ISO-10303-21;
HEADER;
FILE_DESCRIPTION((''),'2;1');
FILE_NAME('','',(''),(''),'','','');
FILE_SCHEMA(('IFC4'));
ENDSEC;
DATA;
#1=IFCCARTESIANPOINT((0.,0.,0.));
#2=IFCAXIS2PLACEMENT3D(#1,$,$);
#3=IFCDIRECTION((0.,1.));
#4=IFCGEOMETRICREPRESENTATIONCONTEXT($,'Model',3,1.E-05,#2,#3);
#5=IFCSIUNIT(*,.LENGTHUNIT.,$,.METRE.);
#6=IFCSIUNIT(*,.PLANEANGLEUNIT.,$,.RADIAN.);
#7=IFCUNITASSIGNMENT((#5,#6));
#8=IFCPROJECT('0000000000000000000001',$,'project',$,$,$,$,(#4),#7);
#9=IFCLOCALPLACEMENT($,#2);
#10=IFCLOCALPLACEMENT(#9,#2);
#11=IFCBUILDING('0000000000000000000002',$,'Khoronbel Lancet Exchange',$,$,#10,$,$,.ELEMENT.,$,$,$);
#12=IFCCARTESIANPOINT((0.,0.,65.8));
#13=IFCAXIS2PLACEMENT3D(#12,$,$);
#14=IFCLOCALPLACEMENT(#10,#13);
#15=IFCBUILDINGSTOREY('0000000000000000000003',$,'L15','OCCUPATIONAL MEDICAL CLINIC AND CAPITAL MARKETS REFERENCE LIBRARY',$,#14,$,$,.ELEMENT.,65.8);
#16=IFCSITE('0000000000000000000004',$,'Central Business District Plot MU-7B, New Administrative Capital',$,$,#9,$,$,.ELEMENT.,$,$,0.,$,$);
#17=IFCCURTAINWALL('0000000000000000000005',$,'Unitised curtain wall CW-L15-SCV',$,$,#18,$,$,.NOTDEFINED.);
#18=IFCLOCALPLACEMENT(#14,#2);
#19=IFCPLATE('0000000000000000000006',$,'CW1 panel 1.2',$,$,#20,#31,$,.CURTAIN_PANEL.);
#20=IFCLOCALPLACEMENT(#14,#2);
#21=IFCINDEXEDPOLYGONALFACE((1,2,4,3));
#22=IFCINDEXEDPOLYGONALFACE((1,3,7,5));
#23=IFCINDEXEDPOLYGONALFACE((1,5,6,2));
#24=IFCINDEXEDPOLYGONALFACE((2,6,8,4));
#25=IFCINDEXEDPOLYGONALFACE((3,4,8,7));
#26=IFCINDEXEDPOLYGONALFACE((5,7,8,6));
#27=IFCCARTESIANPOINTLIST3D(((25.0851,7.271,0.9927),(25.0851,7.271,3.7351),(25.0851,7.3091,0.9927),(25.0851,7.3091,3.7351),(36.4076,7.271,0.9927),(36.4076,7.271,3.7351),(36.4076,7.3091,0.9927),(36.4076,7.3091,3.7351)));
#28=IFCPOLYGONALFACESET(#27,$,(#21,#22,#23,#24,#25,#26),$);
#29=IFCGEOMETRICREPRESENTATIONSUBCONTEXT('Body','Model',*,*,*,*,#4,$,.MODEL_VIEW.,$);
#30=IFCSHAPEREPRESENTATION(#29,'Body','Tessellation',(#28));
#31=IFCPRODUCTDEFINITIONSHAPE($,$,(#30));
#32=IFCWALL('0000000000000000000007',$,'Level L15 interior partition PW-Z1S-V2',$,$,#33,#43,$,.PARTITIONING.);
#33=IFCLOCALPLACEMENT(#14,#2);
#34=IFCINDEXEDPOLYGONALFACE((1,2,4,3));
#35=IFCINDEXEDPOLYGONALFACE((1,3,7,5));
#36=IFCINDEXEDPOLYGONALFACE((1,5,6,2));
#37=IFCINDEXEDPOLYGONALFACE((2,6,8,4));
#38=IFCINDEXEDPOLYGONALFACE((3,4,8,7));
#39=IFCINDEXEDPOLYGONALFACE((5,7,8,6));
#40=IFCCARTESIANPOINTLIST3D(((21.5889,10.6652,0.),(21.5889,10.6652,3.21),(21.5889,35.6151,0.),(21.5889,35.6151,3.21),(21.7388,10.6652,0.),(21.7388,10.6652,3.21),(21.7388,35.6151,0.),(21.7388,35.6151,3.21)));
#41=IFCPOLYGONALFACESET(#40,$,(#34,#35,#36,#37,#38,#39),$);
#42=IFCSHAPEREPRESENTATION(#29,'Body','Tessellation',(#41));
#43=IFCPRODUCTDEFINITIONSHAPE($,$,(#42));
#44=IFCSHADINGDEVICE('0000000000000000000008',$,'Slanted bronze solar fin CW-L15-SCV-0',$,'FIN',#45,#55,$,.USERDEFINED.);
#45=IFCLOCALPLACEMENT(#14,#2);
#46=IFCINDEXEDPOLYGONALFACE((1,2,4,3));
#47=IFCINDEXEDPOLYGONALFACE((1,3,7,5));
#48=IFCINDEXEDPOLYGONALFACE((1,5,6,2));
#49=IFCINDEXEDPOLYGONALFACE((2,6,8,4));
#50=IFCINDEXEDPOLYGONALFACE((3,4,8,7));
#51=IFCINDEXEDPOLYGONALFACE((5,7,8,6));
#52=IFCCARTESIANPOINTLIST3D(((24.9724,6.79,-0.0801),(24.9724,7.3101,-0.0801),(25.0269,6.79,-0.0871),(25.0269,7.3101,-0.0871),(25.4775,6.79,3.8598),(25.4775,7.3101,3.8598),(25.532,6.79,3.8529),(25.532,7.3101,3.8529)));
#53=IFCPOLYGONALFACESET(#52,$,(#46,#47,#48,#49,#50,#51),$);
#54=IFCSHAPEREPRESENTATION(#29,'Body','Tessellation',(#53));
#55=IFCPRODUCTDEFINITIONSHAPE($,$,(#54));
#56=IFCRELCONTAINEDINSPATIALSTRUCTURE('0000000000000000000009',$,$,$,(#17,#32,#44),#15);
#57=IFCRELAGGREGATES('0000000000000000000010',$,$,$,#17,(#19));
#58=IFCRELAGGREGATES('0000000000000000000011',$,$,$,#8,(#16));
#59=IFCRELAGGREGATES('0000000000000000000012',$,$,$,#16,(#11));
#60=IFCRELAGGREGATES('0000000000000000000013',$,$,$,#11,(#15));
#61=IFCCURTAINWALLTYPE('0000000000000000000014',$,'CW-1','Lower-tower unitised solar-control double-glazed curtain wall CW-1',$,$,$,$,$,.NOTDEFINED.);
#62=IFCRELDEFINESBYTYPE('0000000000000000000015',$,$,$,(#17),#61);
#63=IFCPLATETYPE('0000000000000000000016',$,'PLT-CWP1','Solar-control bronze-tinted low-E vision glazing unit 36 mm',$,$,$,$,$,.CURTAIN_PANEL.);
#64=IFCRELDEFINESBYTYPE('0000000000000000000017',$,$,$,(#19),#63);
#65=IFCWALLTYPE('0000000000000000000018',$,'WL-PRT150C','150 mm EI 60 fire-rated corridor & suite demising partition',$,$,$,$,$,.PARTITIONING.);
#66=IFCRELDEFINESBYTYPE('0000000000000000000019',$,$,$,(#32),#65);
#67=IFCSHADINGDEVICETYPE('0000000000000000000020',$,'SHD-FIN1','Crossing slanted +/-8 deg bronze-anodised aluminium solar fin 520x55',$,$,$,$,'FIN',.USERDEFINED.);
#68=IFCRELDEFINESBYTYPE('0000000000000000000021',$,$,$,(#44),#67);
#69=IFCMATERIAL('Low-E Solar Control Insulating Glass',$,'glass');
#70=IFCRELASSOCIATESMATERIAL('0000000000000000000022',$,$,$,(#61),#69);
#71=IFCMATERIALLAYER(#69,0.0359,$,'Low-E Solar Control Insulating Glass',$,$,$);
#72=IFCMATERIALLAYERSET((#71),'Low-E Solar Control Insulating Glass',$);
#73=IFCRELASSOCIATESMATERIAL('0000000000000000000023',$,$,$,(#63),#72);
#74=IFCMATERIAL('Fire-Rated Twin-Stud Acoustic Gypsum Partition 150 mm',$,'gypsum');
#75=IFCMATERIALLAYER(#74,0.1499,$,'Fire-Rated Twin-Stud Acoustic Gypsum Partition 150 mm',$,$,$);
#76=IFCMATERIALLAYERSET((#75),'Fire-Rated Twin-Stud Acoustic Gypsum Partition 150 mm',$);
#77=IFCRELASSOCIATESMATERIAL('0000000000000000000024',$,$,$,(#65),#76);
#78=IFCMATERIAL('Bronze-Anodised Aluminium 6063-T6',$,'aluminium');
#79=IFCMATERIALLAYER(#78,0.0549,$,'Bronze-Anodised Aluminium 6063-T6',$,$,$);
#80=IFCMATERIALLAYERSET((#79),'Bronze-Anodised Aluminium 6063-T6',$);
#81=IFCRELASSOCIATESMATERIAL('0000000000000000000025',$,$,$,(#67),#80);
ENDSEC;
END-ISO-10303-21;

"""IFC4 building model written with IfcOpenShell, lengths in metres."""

from ifc_helpers import new_model, si_unit, direction, frame, frame_2d, origin, origin_2d, place, context, subcontext, project, spatial, polyline, rectangle, outline, extrude, material, layer, layer_set, type_object, element, aggregate, save


model = new_model("IFC4")

# Units and contexts
model_context = context("Model", 3, precision=1e-05, world=origin(), true_north=direction((0.0, 1.0)))
body_context = subcontext(model_context, "Body", "Model", "MODEL_VIEW")
ifc_project = project(units=[si_unit("LENGTHUNIT", "METRE"), si_unit("PLANEANGLEUNIT", "RADIAN")], contexts=[model_context])

# Site, building, storey
site_placement = place(None, origin())
site = spatial("IfcSite", under=ifc_project, at=site_placement, Name="Central Business District Plot MU-7B, New Administrative Capital", CompositionType="ELEMENT", RefElevation=0.0)
building_placement = place(site_placement, origin())
building = spatial("IfcBuilding", under=site, at=building_placement, Name="Khoronbel Lancet Exchange", CompositionType="ELEMENT")
storey_placement = place(building_placement, frame((0.0, 0.0, 65.8)))
storey = spatial("IfcBuildingStorey", under=building, at=storey_placement, Name="L15", Description="OCCUPATIONAL MEDICAL CLINIC AND CAPITAL MARKETS REFERENCE LIBRARY", CompositionType="ELEMENT", Elevation=65.8)

# Curtain wall
ifc_material_1 = material(Name="Low-E Solar Control Insulating Glass", Category="glass")
curtain_wall_type = type_object("IfcCurtainWallType", Name="CW-1", Description="Lower-tower unitised solar-control double-glazed curtain wall CW-1", PredefinedType="NOTDEFINED", material=ifc_material_1)
ifc_material_2 = material(Name="Bronze-Anodised Aluminium 6063-T6", Category="aluminium")
curtain_wall_1_placement = place(storey_placement, origin())
curtain_wall_1 = element("IfcCurtainWall", 1, at=curtain_wall_1_placement, inside=storey, type_object=curtain_wall_type, Name="Unitised curtain wall CW-L15-SCV", PredefinedType="NOTDEFINED")

# Plate
ifc_layer_1 = layer(ifc_material_1, 0.0359, Name="Low-E Solar Control Insulating Glass")
ifc_layer_set_1 = layer_set([ifc_layer_1], Name="Low-E Solar Control Insulating Glass")
plate_type_1 = type_object("IfcPlateType", Name="PLT-CWP1", Description="Solar-control bronze-tinted low-E vision glazing unit 36 mm", PredefinedType="CURTAIN_PANEL", material=ifc_layer_set_1)
plate_1_placement = place(storey_placement, frame((30.7463, 7.29, 0.9927), z_axis=(0.0, 0.0, 1.0), x_axis=(1.0, 0.0, 0.0)))
plate_1 = element("IfcPlate", 2, at=plate_1_placement, type_object=plate_type_1, Name="CW1 panel 1.2", PredefinedType="CURTAIN_PANEL", context=body_context, shape_type="SweptSolid", body=[
    extrude(rectangle(XDim=11.3225, YDim=0.0381, at=origin_2d()), origin(), (0.0, 0.0, 1.0), 2.7424),
])
aggregate(curtain_wall_1, [plate_1])

# Wall
ifc_material_3 = material(Name="Fire-Rated Twin-Stud Acoustic Gypsum Partition 150 mm", Category="gypsum")
ifc_layer_2 = layer(ifc_material_3, 0.1499, Name="Fire-Rated Twin-Stud Acoustic Gypsum Partition 150 mm")
ifc_layer_set_2 = layer_set([ifc_layer_2], Name="Fire-Rated Twin-Stud Acoustic Gypsum Partition 150 mm")
wall_type = type_object("IfcWallType", Name="WL-PRT150C", Description="150 mm EI 60 fire-rated corridor & suite demising partition", PredefinedType="PARTITIONING", material=ifc_layer_set_2)
wall_placement = place(storey_placement, frame((21.6638, 10.665, 0.0), z_axis=(0.0, 0.0, 1.0), x_axis=(0.0, 1.0, 0.0)))
element("IfcWall", 3, at=wall_placement, inside=storey, type_object=wall_type, Name="Level L15 interior partition PW-Z1S-V2", PredefinedType="PARTITIONING", context=body_context, shape_type="SweptSolid", body=[
    extrude(rectangle(XDim=24.95, YDim=0.1499, at=frame_2d((12.4751, 0.0))), origin(), (0.0, 0.0, 1.0), 3.21),
])

# Shading device
ifc_layer_3 = layer(ifc_material_2, 0.0549, Name="Bronze-Anodised Aluminium 6063-T6")
ifc_layer_set_3 = layer_set([ifc_layer_3], Name="Bronze-Anodised Aluminium 6063-T6")
shading_device_type = type_object("IfcShadingDeviceType", Name="SHD-FIN1", Description="Crossing slanted +/-8 deg bronze-anodised aluminium solar fin 520x55", ElementType="FIN", PredefinedType="USERDEFINED", material=ifc_layer_set_3)
shading_device_placement = place(storey_placement, frame((24.9724, 7.3101, -0.0801), z_axis=(-0.991881, 0.0, 0.127166), x_axis=(0.0, -1.0, 0.0)))
element("IfcShadingDevice", 4, at=shading_device_placement, inside=storey, type_object=shading_device_type, Name="Slanted bronze solar fin CW-L15-SCV-0", ObjectType="FIN", PredefinedType="USERDEFINED", context=body_context, shape_type="SweptSolid", body=[
    extrude(outline(polyline([(0.0, 0.0), (0.52, 0.0), (0.52, 3.9722), (0.0, 3.9722), (0.0, 0.0)])), origin(), (0.0, 0.0, -1.0), 0.0549),
])

save(model, "model.ifc")
